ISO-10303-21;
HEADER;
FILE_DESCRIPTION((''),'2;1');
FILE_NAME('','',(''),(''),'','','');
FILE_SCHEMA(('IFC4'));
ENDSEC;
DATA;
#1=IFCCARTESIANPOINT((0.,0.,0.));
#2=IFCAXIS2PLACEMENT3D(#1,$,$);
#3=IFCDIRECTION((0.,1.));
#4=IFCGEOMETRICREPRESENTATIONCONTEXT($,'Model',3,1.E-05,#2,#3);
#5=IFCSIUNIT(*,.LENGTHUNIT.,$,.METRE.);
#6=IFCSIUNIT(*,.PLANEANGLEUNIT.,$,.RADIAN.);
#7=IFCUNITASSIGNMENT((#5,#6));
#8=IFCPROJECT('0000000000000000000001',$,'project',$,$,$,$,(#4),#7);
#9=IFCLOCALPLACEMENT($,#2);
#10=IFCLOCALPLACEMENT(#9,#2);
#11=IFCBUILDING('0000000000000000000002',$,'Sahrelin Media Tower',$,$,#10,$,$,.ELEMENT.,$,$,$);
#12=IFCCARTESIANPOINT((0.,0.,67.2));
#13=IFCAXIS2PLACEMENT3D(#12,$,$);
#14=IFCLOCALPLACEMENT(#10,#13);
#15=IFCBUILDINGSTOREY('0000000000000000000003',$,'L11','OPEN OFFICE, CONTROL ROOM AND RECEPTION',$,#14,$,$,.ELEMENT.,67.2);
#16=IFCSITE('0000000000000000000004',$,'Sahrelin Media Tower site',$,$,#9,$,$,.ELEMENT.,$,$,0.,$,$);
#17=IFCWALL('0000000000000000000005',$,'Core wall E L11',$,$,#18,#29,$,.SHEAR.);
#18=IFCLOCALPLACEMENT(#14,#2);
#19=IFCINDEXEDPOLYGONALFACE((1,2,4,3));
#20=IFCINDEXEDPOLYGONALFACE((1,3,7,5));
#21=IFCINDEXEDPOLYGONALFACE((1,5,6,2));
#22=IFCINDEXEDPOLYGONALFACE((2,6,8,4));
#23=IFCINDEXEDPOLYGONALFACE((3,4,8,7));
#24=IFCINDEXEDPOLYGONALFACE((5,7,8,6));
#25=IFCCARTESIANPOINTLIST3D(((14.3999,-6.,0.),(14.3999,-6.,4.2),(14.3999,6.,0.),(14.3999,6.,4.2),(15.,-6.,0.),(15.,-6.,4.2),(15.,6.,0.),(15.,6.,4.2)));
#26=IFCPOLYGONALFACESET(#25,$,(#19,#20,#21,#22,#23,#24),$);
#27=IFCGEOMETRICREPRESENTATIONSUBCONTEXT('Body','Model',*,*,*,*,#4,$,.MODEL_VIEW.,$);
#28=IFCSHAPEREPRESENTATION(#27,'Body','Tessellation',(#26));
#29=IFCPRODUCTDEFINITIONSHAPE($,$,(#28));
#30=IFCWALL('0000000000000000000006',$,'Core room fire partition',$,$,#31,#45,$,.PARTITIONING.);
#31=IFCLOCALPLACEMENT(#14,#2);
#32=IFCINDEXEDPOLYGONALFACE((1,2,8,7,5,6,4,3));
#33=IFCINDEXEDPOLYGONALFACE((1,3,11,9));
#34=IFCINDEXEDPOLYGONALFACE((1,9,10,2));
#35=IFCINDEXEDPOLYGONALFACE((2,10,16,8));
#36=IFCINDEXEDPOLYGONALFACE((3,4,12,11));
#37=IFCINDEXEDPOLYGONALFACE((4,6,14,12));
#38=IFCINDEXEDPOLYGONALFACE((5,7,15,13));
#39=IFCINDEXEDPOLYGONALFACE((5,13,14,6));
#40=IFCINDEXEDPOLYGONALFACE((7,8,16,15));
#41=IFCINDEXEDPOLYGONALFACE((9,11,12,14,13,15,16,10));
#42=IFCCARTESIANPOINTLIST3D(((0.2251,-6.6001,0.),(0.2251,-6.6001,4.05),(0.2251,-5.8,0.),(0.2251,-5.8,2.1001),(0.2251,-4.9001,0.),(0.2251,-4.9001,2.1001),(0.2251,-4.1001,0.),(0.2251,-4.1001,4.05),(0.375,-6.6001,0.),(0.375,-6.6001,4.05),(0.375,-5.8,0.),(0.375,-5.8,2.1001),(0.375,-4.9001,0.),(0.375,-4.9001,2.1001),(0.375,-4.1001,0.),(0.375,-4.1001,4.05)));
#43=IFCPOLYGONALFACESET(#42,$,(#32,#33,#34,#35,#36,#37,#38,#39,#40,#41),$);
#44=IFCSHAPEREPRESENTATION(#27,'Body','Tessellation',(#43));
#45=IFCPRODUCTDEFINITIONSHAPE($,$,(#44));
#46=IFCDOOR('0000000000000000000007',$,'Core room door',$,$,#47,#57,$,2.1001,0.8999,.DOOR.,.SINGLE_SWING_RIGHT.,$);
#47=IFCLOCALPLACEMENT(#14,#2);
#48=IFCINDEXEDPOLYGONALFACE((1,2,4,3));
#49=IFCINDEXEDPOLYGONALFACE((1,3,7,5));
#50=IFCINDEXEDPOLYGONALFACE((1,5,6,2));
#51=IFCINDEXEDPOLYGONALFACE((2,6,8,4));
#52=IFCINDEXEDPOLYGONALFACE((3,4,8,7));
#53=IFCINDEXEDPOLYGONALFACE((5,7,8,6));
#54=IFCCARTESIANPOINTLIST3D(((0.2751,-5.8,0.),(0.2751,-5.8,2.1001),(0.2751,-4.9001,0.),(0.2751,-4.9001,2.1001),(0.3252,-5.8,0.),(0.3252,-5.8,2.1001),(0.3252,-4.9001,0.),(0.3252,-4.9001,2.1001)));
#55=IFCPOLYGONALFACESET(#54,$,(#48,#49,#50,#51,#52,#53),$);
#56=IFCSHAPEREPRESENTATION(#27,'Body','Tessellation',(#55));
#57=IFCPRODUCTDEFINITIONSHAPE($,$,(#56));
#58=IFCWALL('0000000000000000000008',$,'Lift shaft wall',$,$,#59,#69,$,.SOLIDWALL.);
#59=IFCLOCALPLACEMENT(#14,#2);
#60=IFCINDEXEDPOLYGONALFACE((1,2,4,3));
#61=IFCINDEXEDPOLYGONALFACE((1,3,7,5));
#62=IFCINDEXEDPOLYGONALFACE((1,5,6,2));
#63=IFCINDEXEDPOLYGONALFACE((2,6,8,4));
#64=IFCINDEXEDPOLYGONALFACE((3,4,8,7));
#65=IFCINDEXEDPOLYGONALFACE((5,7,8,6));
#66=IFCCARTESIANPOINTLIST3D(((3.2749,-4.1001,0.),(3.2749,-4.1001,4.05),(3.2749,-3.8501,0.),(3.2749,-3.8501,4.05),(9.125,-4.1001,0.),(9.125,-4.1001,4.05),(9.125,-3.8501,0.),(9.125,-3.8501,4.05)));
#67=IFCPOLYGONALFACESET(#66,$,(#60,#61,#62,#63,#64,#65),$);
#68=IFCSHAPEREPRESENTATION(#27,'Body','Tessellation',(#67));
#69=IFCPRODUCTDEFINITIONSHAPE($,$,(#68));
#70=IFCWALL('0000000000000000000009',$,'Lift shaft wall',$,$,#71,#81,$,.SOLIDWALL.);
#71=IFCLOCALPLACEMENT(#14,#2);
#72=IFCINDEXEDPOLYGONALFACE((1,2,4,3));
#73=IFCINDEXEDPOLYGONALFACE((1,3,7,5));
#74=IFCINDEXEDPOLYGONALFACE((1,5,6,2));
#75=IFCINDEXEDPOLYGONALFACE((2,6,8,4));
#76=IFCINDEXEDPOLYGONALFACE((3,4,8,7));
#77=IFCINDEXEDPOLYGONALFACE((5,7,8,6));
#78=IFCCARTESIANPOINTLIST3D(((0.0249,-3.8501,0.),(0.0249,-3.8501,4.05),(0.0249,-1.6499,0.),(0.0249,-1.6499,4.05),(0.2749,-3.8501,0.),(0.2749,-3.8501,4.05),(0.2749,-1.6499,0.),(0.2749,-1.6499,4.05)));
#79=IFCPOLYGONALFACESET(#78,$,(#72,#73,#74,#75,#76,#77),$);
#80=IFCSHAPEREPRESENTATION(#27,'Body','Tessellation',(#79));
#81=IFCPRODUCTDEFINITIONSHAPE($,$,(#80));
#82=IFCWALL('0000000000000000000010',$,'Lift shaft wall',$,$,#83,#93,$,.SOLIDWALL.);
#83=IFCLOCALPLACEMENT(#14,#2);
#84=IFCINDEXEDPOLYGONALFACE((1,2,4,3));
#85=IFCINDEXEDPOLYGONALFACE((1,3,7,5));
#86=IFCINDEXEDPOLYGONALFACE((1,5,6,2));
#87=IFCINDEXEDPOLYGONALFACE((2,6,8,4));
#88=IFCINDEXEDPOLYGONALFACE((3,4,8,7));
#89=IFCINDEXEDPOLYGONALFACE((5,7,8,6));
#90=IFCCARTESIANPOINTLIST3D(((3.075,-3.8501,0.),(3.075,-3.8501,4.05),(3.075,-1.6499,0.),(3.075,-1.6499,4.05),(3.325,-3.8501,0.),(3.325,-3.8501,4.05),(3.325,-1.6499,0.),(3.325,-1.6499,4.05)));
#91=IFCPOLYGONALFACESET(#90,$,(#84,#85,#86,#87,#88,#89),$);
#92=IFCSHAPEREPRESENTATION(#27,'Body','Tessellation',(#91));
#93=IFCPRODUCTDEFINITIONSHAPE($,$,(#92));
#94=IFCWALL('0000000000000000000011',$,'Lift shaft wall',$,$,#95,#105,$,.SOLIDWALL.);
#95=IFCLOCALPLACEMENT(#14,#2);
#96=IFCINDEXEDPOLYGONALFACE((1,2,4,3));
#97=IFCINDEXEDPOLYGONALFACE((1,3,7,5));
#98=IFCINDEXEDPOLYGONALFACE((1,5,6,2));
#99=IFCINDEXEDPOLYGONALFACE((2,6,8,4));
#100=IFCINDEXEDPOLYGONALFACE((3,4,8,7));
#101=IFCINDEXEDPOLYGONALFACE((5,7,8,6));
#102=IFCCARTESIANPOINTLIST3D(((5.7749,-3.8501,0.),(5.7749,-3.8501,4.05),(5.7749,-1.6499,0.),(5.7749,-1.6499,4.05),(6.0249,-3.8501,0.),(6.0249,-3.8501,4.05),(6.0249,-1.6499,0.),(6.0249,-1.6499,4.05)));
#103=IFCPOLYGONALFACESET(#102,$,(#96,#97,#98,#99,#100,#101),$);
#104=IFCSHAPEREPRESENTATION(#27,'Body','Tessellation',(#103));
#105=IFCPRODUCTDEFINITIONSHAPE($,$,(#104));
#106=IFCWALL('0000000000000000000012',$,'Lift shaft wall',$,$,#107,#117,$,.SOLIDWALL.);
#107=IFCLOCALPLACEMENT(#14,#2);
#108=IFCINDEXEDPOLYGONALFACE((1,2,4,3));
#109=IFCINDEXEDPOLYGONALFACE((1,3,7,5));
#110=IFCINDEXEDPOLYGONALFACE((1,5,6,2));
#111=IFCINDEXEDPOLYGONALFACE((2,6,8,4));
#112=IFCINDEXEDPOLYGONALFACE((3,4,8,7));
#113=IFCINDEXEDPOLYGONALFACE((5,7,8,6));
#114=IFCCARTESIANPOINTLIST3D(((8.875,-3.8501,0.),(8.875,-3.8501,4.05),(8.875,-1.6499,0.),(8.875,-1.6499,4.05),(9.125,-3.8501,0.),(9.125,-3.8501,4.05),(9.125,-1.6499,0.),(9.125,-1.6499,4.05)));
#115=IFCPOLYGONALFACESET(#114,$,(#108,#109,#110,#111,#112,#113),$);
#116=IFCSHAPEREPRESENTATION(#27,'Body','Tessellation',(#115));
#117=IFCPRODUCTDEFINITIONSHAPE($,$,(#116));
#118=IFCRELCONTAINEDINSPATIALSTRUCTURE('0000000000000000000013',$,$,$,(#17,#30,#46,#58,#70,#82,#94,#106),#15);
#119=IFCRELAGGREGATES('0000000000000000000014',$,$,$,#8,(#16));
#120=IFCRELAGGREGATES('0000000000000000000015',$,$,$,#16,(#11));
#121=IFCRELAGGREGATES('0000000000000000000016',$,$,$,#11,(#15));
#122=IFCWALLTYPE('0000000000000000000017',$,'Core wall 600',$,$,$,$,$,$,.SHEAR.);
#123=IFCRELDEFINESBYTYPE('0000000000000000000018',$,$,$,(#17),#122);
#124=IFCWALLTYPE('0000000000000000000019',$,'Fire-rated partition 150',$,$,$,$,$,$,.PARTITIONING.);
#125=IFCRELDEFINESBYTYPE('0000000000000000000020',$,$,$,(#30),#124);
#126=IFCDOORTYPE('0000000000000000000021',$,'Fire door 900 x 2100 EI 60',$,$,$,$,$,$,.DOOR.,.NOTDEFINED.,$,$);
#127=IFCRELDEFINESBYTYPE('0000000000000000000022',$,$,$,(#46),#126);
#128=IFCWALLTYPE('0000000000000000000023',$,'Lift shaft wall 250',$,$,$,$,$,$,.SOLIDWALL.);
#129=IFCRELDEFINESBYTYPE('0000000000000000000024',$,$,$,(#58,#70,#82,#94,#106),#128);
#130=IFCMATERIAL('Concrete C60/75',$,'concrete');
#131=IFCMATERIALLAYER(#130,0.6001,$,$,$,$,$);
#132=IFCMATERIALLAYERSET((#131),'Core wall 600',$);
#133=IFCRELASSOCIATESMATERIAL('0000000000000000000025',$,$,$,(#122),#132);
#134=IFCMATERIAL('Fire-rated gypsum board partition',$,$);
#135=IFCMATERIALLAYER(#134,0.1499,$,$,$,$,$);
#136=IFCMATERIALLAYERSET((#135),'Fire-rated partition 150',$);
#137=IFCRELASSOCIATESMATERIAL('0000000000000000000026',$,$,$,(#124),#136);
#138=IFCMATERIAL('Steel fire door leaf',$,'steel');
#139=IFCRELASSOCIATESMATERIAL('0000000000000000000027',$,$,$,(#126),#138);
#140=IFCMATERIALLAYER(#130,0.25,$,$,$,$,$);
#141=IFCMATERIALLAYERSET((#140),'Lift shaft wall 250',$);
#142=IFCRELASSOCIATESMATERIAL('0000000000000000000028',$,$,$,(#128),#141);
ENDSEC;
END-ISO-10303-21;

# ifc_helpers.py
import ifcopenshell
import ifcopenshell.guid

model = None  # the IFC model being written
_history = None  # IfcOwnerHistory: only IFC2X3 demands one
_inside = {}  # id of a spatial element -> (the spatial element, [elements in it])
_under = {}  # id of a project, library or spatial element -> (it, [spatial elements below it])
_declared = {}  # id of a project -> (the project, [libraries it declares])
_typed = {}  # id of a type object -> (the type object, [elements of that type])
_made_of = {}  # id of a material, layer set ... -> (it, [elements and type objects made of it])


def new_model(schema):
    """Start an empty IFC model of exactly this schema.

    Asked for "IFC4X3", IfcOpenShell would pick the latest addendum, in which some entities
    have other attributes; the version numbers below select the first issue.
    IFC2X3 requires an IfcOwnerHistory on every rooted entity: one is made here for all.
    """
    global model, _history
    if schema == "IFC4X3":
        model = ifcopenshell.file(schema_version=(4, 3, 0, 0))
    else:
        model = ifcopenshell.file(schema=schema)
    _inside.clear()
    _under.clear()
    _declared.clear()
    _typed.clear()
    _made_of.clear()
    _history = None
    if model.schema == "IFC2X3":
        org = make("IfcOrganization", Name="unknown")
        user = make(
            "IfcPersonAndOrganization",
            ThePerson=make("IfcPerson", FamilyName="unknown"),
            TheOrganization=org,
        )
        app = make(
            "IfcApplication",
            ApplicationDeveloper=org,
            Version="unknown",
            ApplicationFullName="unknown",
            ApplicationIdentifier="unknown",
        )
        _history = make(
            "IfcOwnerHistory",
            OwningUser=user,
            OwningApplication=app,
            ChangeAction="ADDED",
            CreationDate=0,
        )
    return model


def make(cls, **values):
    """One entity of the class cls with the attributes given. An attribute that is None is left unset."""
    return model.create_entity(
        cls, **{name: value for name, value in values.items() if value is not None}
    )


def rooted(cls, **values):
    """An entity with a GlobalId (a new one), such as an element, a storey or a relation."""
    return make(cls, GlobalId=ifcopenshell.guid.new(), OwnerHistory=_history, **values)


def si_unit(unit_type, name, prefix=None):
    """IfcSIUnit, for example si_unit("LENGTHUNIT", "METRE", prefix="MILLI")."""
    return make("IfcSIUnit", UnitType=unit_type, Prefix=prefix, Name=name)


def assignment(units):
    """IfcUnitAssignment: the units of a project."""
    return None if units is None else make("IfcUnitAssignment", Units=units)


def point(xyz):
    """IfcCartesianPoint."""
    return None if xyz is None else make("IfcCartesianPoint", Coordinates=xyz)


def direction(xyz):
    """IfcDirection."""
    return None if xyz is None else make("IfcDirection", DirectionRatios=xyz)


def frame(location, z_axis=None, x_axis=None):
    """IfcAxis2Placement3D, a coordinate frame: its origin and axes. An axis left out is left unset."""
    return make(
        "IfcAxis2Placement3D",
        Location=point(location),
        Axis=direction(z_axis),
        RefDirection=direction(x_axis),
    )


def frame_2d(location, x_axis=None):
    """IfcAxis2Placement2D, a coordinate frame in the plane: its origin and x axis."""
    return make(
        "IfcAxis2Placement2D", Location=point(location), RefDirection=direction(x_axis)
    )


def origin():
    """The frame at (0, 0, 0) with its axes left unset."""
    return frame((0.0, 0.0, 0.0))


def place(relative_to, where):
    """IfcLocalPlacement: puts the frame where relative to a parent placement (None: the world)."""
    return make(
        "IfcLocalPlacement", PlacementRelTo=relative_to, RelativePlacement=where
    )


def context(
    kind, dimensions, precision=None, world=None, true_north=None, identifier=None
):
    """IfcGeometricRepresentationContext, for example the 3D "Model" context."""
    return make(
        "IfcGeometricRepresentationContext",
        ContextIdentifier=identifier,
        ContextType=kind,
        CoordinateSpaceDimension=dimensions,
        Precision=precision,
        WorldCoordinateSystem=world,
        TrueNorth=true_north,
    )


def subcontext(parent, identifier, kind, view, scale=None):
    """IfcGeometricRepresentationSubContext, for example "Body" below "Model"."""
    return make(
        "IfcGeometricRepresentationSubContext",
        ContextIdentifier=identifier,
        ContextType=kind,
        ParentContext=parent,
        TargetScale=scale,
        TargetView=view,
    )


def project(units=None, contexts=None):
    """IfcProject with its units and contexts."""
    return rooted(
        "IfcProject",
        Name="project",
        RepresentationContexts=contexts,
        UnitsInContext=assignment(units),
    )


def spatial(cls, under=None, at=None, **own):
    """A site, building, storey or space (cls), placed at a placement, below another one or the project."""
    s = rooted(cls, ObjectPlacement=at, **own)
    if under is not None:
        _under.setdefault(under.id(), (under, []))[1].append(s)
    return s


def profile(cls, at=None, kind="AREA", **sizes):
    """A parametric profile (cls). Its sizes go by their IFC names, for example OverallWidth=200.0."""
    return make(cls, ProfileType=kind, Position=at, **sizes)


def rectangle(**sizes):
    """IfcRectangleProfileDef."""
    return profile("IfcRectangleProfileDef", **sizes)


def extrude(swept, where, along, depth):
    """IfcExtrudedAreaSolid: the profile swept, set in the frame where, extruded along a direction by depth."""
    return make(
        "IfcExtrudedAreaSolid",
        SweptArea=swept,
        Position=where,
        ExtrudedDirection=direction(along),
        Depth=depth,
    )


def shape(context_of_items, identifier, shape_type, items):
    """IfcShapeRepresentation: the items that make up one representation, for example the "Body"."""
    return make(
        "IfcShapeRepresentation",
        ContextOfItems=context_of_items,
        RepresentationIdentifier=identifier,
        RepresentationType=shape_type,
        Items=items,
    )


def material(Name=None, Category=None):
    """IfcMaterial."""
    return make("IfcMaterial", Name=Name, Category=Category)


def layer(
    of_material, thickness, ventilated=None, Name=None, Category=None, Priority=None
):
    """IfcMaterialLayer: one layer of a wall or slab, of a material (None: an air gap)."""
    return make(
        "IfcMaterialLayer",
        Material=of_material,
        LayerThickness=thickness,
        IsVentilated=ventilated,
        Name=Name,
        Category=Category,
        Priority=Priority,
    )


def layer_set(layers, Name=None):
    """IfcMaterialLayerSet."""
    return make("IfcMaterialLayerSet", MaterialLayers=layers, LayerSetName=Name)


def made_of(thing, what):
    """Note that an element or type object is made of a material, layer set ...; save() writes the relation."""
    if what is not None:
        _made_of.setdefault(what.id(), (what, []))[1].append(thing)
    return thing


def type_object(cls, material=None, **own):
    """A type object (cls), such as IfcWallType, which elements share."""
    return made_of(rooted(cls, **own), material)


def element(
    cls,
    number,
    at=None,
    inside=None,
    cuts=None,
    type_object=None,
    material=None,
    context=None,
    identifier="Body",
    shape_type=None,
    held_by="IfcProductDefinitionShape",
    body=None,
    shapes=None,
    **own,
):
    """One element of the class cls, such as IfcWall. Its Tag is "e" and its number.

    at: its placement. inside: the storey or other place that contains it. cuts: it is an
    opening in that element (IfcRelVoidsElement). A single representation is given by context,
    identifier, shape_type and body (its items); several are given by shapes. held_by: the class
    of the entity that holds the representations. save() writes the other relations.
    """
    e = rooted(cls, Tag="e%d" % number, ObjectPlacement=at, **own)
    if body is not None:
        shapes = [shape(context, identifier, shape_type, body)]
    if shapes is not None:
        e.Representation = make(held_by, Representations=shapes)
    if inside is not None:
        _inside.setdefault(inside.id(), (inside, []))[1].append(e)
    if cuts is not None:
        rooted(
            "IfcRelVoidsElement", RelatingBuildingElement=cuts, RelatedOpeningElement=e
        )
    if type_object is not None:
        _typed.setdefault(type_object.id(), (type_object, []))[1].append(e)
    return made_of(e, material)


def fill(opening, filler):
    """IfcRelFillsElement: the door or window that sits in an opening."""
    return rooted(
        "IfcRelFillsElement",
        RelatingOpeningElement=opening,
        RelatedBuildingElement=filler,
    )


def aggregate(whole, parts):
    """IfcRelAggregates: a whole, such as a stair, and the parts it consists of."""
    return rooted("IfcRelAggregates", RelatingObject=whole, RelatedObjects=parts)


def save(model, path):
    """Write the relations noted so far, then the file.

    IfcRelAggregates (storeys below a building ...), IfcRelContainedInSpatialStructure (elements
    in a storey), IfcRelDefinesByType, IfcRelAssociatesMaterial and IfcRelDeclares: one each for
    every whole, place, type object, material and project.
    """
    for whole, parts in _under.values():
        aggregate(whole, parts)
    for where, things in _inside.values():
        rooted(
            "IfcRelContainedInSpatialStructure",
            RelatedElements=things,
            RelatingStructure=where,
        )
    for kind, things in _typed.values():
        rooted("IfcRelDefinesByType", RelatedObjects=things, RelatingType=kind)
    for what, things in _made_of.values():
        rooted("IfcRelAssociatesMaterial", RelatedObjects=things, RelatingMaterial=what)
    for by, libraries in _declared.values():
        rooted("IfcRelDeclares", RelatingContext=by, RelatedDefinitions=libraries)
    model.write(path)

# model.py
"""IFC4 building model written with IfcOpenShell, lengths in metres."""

from ifc_helpers import new_model, si_unit, direction, frame, frame_2d, origin, place, context, subcontext, project, spatial, rectangle, extrude, material, layer, layer_set, type_object, element, fill, save


model = new_model("IFC4")

# Units and contexts
model_context = context("Model", 3, precision=1e-05, world=origin(), true_north=direction((0.0, 1.0)))
body_context = subcontext(model_context, "Body", "Model", "MODEL_VIEW")
ifc_project = project(units=[si_unit("LENGTHUNIT", "METRE"), si_unit("PLANEANGLEUNIT", "RADIAN")], contexts=[model_context])

# Site, building, storey
site_placement = place(None, origin())
site = spatial("IfcSite", under=ifc_project, at=site_placement, Name="Sahrelin Media Tower site", CompositionType="ELEMENT", RefElevation=0.0)
building_placement = place(site_placement, origin())
building = spatial("IfcBuilding", under=site, at=building_placement, Name="Sahrelin Media Tower", CompositionType="ELEMENT")
storey_placement = place(building_placement, frame((0.0, 0.0, 67.2)))
storey = spatial("IfcBuildingStorey", under=building, at=storey_placement, Name="L11", Description="OPEN OFFICE, CONTROL ROOM AND RECEPTION", CompositionType="ELEMENT", Elevation=67.2)

# Wall
ifc_material_1 = material(Name="Concrete C60/75", Category="concrete")
ifc_layer_1 = layer(ifc_material_1, 0.6001)
ifc_layer_set_1 = layer_set([ifc_layer_1], Name="Core wall 600")
wall_type_1 = type_object("IfcWallType", Name="Core wall 600", PredefinedType="SHEAR", material=ifc_layer_set_1)
wall_1_placement = place(storey_placement, frame((14.7, -6.0, 0.0), z_axis=(0.0, 0.0, 1.0), x_axis=(0.0, 1.0, 0.0)))
element("IfcWall", 1, at=wall_1_placement, inside=storey, type_object=wall_type_1, Name="Core wall E L11", PredefinedType="SHEAR", context=body_context, shape_type="SweptSolid", body=[
    extrude(rectangle(XDim=12.0, YDim=0.6001, at=frame_2d((6.0, 0.0))), origin(), (0.0, 0.0, 1.0), 4.2),
])

# Wall, opening, door
ifc_material_2 = material(Name="Fire-rated gypsum board partition")
ifc_layer_2 = layer(ifc_material_2, 0.1499)
ifc_layer_set_2 = layer_set([ifc_layer_2], Name="Fire-rated partition 150")
wall_type_2 = type_object("IfcWallType", Name="Fire-rated partition 150", PredefinedType="PARTITIONING", material=ifc_layer_set_2)
wall_2_placement = place(storey_placement, frame((0.3, -6.6001, 0.0), z_axis=(0.0, 0.0, 1.0), x_axis=(0.0, 1.0, 0.0)))
wall_2 = element("IfcWall", 2, at=wall_2_placement, inside=storey, type_object=wall_type_2, Name="Core room fire partition", PredefinedType="PARTITIONING", context=body_context, shape_type="SweptSolid", body=[
    extrude(rectangle(XDim=2.5, YDim=0.1499, at=frame_2d((1.25, 0.0))), origin(), (0.0, 0.0, 1.0), 4.05),
])
opening_1_placement = place(wall_2_placement, frame((0.8, 0.0, 0.0)))
opening_1 = element("IfcOpeningElement", 3, at=opening_1_placement, cuts=wall_2, PredefinedType="OPENING", context=body_context, shape_type="SweptSolid", body=[
    extrude(rectangle(XDim=0.8999, YDim=2.1001, at=frame_2d((0.45, 1.05))), frame((0.0, 0.075, 0.0), z_axis=(0.0, -1.0, 0.0), x_axis=(1.0, 0.0, 0.0)), (0.0, 0.0, 1.0), 0.1499),
])
ifc_material_3 = material(Name="Steel fire door leaf", Category="steel")
door_type_1 = type_object("IfcDoorType", Name="Fire door 900 x 2100 EI 60", OperationType="NOTDEFINED", PredefinedType="DOOR", material=ifc_material_3)
door_1_placement = place(opening_1_placement, origin())
door_1 = element("IfcDoor", 4, at=door_1_placement, inside=storey, type_object=door_type_1, Name="Core room door", OperationType="SINGLE_SWING_RIGHT", OverallHeight=2.1001, OverallWidth=0.8999, PredefinedType="DOOR", context=body_context, shape_type="SweptSolid", body=[
    extrude(rectangle(XDim=0.8999, YDim=2.1001, at=frame_2d((0.45, 1.05))), frame((0.0, 0.0249, 0.0), z_axis=(0.0, -1.0, 0.0), x_axis=(1.0, 0.0, 0.0)), (0.0, 0.0, 1.0), 0.05),
])
fill(opening_1, door_1)

# Walls
ifc_layer_3 = layer(ifc_material_1, 0.25)
ifc_layer_set_3 = layer_set([ifc_layer_3], Name="Lift shaft wall 250")
wall_type_3 = type_object("IfcWallType", Name="Lift shaft wall 250", PredefinedType="SOLIDWALL", material=ifc_layer_set_3)
wall_3_placement = place(storey_placement, frame((3.2749, -3.9751, 0.0), z_axis=(0.0, 0.0, 1.0), x_axis=(1.0, 0.0, 0.0)))
element("IfcWall", 5, at=wall_3_placement, inside=storey, type_object=wall_type_3, Name="Lift shaft wall", PredefinedType="SOLIDWALL", context=body_context, shape_type="SweptSolid", body=[
    extrude(rectangle(XDim=5.8501, YDim=0.25, at=frame_2d((2.925, 0.0))), origin(), (0.0, 0.0, 1.0), 4.05),
])
for number, where, z_axis, x_axis, name in (
    (6, (0.1499, -3.8501, 0.0), (0.0, 0.0, 1.0), (0.0, 1.0, 0.0), "Lift shaft wall"),
    (7, (3.2, -3.8501, 0.0), (0.0, 0.0, 1.0), (0.0, 1.0, 0.0), "Lift shaft wall"),
    (8, (5.8999, -3.8501, 0.0), (0.0, 0.0, 1.0), (0.0, 1.0, 0.0), "Lift shaft wall"),
    (9, (9.0, -3.8501, 0.0), (0.0, 0.0, 1.0), (0.0, 1.0, 0.0), "Lift shaft wall"),
):
    element("IfcWall", number, at=place(storey_placement, frame(where, z_axis=z_axis, x_axis=x_axis)), inside=storey, type_object=wall_type_3, Name=name, PredefinedType="SOLIDWALL", context=body_context, shape_type="SweptSolid", body=[
        extrude(rectangle(XDim=2.2002, YDim=0.25, at=frame_2d((1.1001, 0.0))), origin(), (0.0, 0.0, 1.0), 4.05),
    ])

save(model, "model.ifc")
